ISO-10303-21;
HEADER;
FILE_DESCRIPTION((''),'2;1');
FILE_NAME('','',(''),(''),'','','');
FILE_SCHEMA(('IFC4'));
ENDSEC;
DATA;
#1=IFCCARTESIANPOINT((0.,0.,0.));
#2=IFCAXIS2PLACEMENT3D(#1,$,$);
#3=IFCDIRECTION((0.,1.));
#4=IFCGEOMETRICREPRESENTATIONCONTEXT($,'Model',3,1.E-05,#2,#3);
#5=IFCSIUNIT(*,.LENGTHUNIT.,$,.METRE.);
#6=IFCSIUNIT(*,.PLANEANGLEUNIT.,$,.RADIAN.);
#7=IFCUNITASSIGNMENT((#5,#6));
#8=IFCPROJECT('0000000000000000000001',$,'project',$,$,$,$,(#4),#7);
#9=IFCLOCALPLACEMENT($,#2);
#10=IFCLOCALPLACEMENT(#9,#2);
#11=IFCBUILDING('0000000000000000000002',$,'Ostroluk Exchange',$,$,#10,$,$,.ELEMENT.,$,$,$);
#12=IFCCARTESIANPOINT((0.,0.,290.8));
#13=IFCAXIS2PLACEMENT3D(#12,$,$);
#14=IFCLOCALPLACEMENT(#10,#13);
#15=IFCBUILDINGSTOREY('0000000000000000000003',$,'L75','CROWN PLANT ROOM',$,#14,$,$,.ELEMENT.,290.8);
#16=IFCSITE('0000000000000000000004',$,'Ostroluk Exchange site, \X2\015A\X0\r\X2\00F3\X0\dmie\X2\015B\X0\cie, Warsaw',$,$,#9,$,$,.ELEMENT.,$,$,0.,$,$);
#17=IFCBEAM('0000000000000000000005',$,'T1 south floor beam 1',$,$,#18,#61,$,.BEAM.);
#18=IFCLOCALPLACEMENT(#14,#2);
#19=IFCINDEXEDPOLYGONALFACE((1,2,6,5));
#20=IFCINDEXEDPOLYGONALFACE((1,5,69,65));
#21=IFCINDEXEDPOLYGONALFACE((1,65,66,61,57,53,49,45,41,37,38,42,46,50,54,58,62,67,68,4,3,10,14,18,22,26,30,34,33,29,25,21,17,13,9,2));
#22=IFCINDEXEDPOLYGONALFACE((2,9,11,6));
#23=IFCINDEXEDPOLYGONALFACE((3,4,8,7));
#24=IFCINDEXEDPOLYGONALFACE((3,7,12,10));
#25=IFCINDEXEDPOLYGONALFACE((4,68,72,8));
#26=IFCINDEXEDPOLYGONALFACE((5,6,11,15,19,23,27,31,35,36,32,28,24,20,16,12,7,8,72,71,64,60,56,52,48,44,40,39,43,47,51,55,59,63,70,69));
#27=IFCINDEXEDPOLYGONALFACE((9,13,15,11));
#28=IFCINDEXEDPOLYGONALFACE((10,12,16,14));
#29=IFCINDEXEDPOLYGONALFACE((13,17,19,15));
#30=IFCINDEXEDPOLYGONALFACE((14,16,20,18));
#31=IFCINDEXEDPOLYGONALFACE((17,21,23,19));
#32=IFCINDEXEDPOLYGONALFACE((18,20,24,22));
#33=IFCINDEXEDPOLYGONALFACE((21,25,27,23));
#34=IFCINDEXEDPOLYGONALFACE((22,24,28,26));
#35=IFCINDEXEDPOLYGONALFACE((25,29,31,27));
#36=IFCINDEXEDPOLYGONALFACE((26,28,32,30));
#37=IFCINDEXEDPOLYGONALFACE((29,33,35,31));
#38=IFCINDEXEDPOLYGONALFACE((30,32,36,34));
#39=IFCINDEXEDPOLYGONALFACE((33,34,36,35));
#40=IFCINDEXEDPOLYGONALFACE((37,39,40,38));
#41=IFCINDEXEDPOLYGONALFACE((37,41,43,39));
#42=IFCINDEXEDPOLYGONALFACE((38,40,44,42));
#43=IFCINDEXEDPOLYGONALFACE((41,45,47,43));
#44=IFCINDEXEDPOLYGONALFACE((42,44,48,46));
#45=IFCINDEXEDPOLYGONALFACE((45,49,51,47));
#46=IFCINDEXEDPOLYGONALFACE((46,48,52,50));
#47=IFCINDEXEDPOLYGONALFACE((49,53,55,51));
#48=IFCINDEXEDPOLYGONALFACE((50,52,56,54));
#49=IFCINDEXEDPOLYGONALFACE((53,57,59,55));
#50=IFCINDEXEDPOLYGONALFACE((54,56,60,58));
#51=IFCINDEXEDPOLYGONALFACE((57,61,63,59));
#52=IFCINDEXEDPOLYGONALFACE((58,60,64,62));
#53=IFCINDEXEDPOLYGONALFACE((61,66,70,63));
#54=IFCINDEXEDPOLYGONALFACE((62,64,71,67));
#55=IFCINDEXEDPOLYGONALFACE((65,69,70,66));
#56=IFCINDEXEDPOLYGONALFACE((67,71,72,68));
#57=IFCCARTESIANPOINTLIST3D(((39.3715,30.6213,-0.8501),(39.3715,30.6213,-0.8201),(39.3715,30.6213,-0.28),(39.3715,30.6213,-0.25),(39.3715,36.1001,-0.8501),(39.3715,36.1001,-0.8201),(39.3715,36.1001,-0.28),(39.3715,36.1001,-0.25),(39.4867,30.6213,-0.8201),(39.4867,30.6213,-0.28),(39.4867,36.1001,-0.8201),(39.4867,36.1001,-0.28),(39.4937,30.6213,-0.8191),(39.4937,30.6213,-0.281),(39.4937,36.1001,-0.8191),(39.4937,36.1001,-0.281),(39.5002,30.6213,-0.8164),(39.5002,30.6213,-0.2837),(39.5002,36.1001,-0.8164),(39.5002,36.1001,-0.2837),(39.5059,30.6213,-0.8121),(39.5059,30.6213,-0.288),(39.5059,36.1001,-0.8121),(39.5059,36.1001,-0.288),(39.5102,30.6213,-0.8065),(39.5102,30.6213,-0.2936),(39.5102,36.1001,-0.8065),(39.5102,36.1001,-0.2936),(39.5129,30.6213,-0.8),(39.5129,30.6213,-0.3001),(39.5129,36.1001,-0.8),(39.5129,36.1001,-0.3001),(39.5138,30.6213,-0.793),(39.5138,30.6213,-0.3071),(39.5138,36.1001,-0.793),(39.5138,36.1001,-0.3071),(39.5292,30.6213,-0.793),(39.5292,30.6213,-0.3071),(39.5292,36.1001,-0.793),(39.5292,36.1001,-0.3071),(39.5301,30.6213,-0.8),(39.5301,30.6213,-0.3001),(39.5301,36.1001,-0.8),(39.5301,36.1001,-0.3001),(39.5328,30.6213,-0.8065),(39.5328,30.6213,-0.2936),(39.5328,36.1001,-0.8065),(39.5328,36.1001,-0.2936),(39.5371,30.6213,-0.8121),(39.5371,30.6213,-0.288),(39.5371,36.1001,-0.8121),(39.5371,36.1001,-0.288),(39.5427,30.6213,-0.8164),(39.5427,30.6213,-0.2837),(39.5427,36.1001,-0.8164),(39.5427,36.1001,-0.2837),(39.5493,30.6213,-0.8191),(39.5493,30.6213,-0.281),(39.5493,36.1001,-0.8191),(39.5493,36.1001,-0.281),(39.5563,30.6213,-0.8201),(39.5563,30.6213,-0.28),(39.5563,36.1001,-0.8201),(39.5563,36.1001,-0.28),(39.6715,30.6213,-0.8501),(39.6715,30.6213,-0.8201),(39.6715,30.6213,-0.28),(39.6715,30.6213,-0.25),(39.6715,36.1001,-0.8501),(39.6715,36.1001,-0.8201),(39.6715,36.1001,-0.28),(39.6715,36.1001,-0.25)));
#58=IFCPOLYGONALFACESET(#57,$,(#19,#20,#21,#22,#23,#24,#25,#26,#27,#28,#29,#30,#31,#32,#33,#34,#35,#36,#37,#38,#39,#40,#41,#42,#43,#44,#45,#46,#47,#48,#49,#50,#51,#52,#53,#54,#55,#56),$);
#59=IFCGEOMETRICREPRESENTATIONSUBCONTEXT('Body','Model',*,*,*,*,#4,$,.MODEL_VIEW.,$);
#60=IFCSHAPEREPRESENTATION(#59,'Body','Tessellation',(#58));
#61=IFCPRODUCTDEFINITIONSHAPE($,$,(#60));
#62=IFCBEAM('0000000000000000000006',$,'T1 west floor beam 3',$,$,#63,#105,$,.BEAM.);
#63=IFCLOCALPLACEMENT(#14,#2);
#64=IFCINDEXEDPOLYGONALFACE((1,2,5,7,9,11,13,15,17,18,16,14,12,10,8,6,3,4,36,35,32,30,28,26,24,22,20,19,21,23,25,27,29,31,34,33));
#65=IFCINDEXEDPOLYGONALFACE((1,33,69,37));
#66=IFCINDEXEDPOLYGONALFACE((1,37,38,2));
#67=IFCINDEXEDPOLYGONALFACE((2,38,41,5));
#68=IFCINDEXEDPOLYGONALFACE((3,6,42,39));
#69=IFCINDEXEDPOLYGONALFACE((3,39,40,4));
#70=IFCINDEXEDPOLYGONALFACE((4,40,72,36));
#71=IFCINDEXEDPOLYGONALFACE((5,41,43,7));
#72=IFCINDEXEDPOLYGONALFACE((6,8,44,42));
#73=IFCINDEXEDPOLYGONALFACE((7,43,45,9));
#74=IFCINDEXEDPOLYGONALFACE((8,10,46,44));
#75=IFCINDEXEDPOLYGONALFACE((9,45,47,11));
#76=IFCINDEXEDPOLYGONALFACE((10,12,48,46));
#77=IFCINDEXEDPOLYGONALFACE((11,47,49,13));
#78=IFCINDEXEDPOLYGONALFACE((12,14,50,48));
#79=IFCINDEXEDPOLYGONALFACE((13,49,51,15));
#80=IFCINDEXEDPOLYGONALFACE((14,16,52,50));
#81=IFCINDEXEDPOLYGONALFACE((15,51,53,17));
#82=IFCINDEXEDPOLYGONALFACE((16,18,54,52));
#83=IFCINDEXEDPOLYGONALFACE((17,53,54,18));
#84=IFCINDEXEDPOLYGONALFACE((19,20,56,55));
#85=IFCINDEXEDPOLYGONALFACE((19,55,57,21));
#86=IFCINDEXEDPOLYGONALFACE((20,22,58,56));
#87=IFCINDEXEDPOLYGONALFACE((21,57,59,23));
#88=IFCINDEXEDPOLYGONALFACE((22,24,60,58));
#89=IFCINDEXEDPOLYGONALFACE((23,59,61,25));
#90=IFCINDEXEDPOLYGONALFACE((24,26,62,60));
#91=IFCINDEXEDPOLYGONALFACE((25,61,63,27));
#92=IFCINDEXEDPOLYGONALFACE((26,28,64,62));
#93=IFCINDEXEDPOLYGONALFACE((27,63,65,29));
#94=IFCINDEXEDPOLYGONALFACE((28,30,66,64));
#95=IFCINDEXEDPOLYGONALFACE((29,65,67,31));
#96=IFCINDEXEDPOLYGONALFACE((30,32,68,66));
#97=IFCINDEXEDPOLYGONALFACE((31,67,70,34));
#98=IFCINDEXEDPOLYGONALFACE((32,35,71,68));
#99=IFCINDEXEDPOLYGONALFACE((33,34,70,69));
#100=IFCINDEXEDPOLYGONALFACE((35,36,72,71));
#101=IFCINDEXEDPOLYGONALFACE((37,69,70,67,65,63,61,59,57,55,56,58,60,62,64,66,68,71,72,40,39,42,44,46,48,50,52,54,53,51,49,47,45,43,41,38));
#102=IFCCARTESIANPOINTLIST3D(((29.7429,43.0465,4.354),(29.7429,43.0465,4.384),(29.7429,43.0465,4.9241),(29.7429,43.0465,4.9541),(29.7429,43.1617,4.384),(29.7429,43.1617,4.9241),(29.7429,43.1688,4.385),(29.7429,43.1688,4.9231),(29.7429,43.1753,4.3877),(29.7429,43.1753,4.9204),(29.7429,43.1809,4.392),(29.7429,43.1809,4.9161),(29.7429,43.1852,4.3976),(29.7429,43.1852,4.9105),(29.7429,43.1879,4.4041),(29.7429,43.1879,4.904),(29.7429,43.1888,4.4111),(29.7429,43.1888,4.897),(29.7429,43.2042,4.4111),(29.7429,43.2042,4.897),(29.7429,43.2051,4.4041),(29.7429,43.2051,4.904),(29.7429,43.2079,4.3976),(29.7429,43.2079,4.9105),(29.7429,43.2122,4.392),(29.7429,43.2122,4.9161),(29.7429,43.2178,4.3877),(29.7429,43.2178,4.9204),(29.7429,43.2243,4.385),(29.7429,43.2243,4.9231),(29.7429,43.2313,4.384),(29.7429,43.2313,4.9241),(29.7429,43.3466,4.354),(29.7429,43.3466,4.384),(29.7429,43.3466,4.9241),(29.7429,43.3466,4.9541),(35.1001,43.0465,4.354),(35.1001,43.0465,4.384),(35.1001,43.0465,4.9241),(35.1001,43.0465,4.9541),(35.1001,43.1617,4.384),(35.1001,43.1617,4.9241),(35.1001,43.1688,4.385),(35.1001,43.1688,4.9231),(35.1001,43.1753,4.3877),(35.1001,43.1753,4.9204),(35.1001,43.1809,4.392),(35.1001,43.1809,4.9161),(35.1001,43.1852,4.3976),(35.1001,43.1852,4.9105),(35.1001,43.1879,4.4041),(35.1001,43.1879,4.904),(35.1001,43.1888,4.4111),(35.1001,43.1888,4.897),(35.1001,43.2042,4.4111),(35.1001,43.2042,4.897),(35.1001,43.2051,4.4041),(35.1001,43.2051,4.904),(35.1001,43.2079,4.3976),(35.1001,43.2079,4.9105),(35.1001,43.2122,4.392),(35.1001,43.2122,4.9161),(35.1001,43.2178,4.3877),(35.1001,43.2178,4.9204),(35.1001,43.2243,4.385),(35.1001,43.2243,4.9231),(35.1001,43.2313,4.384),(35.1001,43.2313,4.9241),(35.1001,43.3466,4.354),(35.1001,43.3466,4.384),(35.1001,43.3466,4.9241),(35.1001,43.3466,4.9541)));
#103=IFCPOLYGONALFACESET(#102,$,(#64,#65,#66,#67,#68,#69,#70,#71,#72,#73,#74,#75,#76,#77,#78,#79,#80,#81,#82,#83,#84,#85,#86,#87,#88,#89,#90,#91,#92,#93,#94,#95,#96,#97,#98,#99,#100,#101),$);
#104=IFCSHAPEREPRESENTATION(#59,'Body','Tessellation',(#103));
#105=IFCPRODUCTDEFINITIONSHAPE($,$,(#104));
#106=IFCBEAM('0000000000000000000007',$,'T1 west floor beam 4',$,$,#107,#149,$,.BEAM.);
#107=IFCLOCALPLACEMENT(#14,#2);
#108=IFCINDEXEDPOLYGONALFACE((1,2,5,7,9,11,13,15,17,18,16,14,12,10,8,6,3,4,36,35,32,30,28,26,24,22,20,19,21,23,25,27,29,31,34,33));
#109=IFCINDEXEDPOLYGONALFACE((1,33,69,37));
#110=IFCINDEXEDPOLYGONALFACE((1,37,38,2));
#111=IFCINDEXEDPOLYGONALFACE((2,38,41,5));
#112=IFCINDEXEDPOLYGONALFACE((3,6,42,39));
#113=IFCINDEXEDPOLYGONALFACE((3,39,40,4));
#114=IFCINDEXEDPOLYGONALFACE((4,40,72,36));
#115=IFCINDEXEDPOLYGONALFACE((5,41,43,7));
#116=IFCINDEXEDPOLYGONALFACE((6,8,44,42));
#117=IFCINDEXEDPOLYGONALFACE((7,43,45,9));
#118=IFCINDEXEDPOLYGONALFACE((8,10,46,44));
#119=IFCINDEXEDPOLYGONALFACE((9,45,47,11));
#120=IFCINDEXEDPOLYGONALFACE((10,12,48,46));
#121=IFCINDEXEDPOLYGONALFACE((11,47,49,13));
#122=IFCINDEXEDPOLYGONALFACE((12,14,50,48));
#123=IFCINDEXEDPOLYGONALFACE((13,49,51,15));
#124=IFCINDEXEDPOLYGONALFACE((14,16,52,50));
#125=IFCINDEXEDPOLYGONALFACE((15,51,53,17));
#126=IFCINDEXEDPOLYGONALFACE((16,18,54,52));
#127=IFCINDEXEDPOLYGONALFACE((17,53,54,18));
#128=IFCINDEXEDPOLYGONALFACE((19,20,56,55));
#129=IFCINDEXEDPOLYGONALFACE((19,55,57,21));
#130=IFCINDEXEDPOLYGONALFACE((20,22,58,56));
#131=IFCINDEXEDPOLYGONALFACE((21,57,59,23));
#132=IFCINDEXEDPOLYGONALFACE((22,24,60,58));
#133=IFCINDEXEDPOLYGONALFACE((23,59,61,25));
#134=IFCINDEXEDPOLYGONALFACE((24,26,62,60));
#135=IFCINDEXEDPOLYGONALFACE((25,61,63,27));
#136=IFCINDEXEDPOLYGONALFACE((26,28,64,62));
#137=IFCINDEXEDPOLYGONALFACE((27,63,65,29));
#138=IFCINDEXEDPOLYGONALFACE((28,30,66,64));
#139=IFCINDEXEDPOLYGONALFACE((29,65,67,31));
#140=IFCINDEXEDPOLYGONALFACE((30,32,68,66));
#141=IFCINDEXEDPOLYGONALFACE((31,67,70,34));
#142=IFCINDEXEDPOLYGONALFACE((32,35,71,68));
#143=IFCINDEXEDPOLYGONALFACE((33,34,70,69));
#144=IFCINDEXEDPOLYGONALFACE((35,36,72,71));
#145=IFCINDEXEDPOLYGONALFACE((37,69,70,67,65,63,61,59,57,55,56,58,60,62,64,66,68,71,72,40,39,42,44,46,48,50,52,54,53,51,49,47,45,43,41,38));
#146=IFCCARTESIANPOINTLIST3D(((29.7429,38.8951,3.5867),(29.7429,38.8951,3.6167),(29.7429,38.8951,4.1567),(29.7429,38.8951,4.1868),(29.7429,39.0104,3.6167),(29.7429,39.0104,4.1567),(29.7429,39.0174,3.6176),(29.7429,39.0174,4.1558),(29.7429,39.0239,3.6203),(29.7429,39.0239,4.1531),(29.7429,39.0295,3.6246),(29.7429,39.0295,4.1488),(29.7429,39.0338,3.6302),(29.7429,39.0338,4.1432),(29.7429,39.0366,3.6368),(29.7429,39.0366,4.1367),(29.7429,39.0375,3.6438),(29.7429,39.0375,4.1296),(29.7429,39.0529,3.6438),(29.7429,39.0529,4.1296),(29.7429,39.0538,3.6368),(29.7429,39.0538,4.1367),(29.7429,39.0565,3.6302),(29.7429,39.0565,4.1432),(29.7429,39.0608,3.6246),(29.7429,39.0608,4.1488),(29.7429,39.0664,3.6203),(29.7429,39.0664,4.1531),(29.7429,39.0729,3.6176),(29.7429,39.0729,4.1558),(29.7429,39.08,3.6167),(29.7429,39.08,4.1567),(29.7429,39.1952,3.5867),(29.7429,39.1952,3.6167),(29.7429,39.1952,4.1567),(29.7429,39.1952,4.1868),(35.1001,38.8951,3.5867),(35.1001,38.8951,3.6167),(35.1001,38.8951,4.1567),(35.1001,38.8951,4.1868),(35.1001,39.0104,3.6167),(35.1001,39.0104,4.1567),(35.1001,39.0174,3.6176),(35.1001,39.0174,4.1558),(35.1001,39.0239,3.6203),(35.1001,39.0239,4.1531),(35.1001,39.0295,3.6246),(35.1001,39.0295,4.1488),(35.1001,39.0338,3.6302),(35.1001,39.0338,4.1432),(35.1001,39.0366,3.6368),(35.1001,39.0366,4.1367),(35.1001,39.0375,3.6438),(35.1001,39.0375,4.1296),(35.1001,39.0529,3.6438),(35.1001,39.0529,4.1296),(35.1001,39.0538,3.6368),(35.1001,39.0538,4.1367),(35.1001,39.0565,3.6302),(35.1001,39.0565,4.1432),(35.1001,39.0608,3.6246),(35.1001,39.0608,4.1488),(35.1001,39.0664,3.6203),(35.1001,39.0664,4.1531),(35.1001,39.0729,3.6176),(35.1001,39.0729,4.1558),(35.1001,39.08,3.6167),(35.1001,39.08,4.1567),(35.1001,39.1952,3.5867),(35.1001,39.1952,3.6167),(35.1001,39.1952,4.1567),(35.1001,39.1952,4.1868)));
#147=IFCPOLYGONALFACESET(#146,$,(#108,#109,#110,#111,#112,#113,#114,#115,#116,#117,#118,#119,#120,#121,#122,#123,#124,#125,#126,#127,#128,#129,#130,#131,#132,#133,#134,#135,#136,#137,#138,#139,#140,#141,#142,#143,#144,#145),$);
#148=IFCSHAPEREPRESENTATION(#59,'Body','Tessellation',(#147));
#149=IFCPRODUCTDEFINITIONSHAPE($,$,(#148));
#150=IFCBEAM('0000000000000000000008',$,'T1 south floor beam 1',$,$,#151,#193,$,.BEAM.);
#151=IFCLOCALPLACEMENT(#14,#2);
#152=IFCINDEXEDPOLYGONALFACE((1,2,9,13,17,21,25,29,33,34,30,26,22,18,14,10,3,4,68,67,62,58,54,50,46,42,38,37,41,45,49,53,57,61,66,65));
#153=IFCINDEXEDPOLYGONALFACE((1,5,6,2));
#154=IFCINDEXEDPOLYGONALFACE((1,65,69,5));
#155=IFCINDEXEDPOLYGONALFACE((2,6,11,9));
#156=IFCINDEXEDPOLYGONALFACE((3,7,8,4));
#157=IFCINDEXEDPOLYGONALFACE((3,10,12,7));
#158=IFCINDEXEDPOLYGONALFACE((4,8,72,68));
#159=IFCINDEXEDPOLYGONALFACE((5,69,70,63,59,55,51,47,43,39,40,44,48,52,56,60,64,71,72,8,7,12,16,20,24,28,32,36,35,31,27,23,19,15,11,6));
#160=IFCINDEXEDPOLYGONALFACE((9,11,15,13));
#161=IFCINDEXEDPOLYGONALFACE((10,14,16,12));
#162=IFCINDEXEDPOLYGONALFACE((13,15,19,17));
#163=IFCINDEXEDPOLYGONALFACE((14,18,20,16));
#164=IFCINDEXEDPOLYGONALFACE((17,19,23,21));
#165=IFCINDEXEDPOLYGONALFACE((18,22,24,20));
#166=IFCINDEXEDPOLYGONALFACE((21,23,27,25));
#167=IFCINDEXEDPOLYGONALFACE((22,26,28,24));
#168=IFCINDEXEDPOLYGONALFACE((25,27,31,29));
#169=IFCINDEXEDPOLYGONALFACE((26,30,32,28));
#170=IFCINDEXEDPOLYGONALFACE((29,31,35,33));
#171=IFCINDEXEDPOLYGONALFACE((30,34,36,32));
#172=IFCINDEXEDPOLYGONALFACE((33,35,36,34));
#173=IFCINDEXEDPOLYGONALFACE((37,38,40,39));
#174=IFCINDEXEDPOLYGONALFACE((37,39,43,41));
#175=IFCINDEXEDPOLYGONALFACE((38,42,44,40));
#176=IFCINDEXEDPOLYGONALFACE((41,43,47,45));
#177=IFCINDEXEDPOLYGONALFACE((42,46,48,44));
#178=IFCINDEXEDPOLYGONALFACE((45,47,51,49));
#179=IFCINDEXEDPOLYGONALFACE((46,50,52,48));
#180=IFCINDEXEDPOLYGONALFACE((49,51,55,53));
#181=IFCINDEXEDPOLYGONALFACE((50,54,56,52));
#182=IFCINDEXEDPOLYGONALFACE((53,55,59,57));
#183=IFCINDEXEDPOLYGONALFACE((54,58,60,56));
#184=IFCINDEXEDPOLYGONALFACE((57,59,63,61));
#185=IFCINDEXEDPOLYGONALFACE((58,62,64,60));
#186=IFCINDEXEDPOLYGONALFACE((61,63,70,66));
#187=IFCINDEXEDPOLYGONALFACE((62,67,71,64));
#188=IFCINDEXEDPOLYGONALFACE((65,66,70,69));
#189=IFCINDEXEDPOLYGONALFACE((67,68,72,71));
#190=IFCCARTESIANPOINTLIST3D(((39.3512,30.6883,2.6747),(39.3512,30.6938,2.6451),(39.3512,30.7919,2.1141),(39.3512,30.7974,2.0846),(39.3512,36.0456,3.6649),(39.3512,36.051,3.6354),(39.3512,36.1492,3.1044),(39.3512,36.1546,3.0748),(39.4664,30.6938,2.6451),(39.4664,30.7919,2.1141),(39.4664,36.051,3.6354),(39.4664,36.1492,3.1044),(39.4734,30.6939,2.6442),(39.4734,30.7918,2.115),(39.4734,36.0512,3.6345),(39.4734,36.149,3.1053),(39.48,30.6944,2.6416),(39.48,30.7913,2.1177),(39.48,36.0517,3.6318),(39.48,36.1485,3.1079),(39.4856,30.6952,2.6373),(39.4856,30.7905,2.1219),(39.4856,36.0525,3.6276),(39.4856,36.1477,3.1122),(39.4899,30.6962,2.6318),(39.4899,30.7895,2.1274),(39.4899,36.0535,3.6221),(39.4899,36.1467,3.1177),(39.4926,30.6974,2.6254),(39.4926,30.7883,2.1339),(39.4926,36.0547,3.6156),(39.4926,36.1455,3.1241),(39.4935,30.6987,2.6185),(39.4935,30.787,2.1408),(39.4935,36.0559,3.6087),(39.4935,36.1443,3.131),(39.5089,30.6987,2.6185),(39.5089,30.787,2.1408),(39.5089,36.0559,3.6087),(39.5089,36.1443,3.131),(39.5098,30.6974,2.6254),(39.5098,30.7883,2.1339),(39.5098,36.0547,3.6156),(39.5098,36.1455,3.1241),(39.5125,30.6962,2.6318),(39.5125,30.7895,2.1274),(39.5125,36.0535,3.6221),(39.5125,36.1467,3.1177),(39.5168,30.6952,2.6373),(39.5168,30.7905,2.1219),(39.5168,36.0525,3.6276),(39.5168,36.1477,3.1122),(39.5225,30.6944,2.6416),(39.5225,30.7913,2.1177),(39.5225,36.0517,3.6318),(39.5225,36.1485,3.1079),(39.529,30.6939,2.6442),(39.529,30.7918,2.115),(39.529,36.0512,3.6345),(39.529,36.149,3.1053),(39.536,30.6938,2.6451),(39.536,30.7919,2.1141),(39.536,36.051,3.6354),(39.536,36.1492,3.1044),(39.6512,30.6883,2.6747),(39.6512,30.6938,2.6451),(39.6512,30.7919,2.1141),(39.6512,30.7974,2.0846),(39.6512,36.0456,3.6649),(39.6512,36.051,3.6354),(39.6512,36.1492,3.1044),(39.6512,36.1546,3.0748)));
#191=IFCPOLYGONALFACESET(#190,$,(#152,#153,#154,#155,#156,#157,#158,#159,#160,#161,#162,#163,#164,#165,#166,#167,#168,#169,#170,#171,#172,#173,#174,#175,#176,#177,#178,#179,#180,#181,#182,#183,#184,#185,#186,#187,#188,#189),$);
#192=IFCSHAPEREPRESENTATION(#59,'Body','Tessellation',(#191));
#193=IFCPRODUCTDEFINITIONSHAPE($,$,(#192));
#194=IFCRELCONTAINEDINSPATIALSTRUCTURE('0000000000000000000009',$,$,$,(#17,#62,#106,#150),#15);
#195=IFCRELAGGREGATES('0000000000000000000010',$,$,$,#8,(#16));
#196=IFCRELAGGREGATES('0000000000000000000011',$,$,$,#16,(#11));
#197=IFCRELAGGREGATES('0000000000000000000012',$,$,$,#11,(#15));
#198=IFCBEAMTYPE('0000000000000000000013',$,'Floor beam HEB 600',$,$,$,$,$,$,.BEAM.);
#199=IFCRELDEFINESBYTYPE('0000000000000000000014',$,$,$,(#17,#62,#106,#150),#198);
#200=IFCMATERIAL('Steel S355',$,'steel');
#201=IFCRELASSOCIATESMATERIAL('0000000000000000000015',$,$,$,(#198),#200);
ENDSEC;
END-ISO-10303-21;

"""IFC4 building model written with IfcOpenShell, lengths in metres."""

from ifc_helpers import new_model, si_unit, direction, frame, origin, origin_2d, place, context, subcontext, project, spatial, i_section, extrude, material, material_profile, profile_set, type_object, element, save


model = new_model("IFC4")

# Units and contexts
model_context = context("Model", 3, precision=1e-05, world=origin(), true_north=direction((0.0, 1.0)))
body_context = subcontext(model_context, "Body", "Model", "MODEL_VIEW")
ifc_project = project(units=[si_unit("LENGTHUNIT", "METRE"), si_unit("PLANEANGLEUNIT", "RADIAN")], contexts=[model_context])

# Site, building, storey
site_placement = place(None, origin())
site = spatial("IfcSite", under=ifc_project, at=site_placement, Name="Ostroluk Exchange site, Śródmieście, Warsaw", CompositionType="ELEMENT", RefElevation=0.0)
building_placement = place(site_placement, origin())
building = spatial("IfcBuilding", under=site, at=building_placement, Name="Ostroluk Exchange", CompositionType="ELEMENT")
storey_placement = place(building_placement, frame((0.0, 0.0, 290.8)))
storey = spatial("IfcBuildingStorey", under=building, at=storey_placement, Name="L75", Description="CROWN PLANT ROOM", CompositionType="ELEMENT", Elevation=290.8)

# Beams
ifc_material_1 = material(Name="Steel S355", Category="steel")
ifc_material_profile_1 = material_profile(ifc_material_1, i_section(OverallWidth=0.3, OverallDepth=0.6001, WebThickness=0.0154, FlangeThickness=0.03, FilletRadius=0.0271, at=origin_2d()), Name="HEB 600")
ifc_profile_set_1 = profile_set([ifc_material_profile_1], Name="Steel S355")
beam_type_1 = type_object("IfcBeamType", Name="Floor beam HEB 600", PredefinedType="BEAM", material=ifc_profile_set_1)
for number, where, z_axis, x_axis, name in (
    (1, (39.5215, 36.1001, -0.55), (0.0, -1.0, 0.0), (1.0, 0.0, 0.0), "T1 south floor beam 1"),
):
    element("IfcBeam", number, at=place(storey_placement, frame(where, z_axis=z_axis, x_axis=x_axis)), inside=storey, type_object=beam_type_1, Name=name, PredefinedType="BEAM", context=body_context, shape_type="SweptSolid", body=[
        extrude(i_section(OverallWidth=0.3, OverallDepth=0.6001, WebThickness=0.0154, FlangeThickness=0.03, FilletRadius=0.0271, at=origin_2d()), origin(), (0.0, 0.0, 1.0), 5.4788),
    ])
for number, where, z_axis, x_axis, name in (
    (2, (35.1001, 43.1965, 4.6541), (-1.0, 0.0, 0.0), (0.0, -1.0, 0.0), "T1 west floor beam 3"),
    (3, (35.1001, 39.0452, 3.8867), (-1.0, 0.0, 0.0), (0.0, -1.0, 0.0), "T1 west floor beam 4"),
):
    element("IfcBeam", number, at=place(storey_placement, frame(where, z_axis=z_axis, x_axis=x_axis)), inside=storey, type_object=beam_type_1, Name=name, PredefinedType="BEAM", context=body_context, shape_type="SweptSolid", body=[
        extrude(i_section(OverallWidth=0.3, OverallDepth=0.6001, WebThickness=0.0154, FlangeThickness=0.03, FilletRadius=0.0271, at=origin_2d()), origin(), (0.0, 0.0, 1.0), 5.3572),
    ])
beam_1_placement = place(storey_placement, frame((39.5012, 36.1001, 3.3699), z_axis=(0.0, -0.983342, -0.181763), x_axis=(1.0, 0.0, 0.0)))
element("IfcBeam", 4, at=beam_1_placement, inside=storey, type_object=beam_type_1, Name="T1 south floor beam 1", PredefinedType="BEAM", context=body_context, shape_type="SweptSolid", body=[
    extrude(i_section(OverallWidth=0.3, OverallDepth=0.6001, WebThickness=0.0154, FlangeThickness=0.03, FilletRadius=0.0271, at=origin_2d()), origin(), (0.0, 0.0, 1.0), 5.448),
])

save(model, "model.ifc")
